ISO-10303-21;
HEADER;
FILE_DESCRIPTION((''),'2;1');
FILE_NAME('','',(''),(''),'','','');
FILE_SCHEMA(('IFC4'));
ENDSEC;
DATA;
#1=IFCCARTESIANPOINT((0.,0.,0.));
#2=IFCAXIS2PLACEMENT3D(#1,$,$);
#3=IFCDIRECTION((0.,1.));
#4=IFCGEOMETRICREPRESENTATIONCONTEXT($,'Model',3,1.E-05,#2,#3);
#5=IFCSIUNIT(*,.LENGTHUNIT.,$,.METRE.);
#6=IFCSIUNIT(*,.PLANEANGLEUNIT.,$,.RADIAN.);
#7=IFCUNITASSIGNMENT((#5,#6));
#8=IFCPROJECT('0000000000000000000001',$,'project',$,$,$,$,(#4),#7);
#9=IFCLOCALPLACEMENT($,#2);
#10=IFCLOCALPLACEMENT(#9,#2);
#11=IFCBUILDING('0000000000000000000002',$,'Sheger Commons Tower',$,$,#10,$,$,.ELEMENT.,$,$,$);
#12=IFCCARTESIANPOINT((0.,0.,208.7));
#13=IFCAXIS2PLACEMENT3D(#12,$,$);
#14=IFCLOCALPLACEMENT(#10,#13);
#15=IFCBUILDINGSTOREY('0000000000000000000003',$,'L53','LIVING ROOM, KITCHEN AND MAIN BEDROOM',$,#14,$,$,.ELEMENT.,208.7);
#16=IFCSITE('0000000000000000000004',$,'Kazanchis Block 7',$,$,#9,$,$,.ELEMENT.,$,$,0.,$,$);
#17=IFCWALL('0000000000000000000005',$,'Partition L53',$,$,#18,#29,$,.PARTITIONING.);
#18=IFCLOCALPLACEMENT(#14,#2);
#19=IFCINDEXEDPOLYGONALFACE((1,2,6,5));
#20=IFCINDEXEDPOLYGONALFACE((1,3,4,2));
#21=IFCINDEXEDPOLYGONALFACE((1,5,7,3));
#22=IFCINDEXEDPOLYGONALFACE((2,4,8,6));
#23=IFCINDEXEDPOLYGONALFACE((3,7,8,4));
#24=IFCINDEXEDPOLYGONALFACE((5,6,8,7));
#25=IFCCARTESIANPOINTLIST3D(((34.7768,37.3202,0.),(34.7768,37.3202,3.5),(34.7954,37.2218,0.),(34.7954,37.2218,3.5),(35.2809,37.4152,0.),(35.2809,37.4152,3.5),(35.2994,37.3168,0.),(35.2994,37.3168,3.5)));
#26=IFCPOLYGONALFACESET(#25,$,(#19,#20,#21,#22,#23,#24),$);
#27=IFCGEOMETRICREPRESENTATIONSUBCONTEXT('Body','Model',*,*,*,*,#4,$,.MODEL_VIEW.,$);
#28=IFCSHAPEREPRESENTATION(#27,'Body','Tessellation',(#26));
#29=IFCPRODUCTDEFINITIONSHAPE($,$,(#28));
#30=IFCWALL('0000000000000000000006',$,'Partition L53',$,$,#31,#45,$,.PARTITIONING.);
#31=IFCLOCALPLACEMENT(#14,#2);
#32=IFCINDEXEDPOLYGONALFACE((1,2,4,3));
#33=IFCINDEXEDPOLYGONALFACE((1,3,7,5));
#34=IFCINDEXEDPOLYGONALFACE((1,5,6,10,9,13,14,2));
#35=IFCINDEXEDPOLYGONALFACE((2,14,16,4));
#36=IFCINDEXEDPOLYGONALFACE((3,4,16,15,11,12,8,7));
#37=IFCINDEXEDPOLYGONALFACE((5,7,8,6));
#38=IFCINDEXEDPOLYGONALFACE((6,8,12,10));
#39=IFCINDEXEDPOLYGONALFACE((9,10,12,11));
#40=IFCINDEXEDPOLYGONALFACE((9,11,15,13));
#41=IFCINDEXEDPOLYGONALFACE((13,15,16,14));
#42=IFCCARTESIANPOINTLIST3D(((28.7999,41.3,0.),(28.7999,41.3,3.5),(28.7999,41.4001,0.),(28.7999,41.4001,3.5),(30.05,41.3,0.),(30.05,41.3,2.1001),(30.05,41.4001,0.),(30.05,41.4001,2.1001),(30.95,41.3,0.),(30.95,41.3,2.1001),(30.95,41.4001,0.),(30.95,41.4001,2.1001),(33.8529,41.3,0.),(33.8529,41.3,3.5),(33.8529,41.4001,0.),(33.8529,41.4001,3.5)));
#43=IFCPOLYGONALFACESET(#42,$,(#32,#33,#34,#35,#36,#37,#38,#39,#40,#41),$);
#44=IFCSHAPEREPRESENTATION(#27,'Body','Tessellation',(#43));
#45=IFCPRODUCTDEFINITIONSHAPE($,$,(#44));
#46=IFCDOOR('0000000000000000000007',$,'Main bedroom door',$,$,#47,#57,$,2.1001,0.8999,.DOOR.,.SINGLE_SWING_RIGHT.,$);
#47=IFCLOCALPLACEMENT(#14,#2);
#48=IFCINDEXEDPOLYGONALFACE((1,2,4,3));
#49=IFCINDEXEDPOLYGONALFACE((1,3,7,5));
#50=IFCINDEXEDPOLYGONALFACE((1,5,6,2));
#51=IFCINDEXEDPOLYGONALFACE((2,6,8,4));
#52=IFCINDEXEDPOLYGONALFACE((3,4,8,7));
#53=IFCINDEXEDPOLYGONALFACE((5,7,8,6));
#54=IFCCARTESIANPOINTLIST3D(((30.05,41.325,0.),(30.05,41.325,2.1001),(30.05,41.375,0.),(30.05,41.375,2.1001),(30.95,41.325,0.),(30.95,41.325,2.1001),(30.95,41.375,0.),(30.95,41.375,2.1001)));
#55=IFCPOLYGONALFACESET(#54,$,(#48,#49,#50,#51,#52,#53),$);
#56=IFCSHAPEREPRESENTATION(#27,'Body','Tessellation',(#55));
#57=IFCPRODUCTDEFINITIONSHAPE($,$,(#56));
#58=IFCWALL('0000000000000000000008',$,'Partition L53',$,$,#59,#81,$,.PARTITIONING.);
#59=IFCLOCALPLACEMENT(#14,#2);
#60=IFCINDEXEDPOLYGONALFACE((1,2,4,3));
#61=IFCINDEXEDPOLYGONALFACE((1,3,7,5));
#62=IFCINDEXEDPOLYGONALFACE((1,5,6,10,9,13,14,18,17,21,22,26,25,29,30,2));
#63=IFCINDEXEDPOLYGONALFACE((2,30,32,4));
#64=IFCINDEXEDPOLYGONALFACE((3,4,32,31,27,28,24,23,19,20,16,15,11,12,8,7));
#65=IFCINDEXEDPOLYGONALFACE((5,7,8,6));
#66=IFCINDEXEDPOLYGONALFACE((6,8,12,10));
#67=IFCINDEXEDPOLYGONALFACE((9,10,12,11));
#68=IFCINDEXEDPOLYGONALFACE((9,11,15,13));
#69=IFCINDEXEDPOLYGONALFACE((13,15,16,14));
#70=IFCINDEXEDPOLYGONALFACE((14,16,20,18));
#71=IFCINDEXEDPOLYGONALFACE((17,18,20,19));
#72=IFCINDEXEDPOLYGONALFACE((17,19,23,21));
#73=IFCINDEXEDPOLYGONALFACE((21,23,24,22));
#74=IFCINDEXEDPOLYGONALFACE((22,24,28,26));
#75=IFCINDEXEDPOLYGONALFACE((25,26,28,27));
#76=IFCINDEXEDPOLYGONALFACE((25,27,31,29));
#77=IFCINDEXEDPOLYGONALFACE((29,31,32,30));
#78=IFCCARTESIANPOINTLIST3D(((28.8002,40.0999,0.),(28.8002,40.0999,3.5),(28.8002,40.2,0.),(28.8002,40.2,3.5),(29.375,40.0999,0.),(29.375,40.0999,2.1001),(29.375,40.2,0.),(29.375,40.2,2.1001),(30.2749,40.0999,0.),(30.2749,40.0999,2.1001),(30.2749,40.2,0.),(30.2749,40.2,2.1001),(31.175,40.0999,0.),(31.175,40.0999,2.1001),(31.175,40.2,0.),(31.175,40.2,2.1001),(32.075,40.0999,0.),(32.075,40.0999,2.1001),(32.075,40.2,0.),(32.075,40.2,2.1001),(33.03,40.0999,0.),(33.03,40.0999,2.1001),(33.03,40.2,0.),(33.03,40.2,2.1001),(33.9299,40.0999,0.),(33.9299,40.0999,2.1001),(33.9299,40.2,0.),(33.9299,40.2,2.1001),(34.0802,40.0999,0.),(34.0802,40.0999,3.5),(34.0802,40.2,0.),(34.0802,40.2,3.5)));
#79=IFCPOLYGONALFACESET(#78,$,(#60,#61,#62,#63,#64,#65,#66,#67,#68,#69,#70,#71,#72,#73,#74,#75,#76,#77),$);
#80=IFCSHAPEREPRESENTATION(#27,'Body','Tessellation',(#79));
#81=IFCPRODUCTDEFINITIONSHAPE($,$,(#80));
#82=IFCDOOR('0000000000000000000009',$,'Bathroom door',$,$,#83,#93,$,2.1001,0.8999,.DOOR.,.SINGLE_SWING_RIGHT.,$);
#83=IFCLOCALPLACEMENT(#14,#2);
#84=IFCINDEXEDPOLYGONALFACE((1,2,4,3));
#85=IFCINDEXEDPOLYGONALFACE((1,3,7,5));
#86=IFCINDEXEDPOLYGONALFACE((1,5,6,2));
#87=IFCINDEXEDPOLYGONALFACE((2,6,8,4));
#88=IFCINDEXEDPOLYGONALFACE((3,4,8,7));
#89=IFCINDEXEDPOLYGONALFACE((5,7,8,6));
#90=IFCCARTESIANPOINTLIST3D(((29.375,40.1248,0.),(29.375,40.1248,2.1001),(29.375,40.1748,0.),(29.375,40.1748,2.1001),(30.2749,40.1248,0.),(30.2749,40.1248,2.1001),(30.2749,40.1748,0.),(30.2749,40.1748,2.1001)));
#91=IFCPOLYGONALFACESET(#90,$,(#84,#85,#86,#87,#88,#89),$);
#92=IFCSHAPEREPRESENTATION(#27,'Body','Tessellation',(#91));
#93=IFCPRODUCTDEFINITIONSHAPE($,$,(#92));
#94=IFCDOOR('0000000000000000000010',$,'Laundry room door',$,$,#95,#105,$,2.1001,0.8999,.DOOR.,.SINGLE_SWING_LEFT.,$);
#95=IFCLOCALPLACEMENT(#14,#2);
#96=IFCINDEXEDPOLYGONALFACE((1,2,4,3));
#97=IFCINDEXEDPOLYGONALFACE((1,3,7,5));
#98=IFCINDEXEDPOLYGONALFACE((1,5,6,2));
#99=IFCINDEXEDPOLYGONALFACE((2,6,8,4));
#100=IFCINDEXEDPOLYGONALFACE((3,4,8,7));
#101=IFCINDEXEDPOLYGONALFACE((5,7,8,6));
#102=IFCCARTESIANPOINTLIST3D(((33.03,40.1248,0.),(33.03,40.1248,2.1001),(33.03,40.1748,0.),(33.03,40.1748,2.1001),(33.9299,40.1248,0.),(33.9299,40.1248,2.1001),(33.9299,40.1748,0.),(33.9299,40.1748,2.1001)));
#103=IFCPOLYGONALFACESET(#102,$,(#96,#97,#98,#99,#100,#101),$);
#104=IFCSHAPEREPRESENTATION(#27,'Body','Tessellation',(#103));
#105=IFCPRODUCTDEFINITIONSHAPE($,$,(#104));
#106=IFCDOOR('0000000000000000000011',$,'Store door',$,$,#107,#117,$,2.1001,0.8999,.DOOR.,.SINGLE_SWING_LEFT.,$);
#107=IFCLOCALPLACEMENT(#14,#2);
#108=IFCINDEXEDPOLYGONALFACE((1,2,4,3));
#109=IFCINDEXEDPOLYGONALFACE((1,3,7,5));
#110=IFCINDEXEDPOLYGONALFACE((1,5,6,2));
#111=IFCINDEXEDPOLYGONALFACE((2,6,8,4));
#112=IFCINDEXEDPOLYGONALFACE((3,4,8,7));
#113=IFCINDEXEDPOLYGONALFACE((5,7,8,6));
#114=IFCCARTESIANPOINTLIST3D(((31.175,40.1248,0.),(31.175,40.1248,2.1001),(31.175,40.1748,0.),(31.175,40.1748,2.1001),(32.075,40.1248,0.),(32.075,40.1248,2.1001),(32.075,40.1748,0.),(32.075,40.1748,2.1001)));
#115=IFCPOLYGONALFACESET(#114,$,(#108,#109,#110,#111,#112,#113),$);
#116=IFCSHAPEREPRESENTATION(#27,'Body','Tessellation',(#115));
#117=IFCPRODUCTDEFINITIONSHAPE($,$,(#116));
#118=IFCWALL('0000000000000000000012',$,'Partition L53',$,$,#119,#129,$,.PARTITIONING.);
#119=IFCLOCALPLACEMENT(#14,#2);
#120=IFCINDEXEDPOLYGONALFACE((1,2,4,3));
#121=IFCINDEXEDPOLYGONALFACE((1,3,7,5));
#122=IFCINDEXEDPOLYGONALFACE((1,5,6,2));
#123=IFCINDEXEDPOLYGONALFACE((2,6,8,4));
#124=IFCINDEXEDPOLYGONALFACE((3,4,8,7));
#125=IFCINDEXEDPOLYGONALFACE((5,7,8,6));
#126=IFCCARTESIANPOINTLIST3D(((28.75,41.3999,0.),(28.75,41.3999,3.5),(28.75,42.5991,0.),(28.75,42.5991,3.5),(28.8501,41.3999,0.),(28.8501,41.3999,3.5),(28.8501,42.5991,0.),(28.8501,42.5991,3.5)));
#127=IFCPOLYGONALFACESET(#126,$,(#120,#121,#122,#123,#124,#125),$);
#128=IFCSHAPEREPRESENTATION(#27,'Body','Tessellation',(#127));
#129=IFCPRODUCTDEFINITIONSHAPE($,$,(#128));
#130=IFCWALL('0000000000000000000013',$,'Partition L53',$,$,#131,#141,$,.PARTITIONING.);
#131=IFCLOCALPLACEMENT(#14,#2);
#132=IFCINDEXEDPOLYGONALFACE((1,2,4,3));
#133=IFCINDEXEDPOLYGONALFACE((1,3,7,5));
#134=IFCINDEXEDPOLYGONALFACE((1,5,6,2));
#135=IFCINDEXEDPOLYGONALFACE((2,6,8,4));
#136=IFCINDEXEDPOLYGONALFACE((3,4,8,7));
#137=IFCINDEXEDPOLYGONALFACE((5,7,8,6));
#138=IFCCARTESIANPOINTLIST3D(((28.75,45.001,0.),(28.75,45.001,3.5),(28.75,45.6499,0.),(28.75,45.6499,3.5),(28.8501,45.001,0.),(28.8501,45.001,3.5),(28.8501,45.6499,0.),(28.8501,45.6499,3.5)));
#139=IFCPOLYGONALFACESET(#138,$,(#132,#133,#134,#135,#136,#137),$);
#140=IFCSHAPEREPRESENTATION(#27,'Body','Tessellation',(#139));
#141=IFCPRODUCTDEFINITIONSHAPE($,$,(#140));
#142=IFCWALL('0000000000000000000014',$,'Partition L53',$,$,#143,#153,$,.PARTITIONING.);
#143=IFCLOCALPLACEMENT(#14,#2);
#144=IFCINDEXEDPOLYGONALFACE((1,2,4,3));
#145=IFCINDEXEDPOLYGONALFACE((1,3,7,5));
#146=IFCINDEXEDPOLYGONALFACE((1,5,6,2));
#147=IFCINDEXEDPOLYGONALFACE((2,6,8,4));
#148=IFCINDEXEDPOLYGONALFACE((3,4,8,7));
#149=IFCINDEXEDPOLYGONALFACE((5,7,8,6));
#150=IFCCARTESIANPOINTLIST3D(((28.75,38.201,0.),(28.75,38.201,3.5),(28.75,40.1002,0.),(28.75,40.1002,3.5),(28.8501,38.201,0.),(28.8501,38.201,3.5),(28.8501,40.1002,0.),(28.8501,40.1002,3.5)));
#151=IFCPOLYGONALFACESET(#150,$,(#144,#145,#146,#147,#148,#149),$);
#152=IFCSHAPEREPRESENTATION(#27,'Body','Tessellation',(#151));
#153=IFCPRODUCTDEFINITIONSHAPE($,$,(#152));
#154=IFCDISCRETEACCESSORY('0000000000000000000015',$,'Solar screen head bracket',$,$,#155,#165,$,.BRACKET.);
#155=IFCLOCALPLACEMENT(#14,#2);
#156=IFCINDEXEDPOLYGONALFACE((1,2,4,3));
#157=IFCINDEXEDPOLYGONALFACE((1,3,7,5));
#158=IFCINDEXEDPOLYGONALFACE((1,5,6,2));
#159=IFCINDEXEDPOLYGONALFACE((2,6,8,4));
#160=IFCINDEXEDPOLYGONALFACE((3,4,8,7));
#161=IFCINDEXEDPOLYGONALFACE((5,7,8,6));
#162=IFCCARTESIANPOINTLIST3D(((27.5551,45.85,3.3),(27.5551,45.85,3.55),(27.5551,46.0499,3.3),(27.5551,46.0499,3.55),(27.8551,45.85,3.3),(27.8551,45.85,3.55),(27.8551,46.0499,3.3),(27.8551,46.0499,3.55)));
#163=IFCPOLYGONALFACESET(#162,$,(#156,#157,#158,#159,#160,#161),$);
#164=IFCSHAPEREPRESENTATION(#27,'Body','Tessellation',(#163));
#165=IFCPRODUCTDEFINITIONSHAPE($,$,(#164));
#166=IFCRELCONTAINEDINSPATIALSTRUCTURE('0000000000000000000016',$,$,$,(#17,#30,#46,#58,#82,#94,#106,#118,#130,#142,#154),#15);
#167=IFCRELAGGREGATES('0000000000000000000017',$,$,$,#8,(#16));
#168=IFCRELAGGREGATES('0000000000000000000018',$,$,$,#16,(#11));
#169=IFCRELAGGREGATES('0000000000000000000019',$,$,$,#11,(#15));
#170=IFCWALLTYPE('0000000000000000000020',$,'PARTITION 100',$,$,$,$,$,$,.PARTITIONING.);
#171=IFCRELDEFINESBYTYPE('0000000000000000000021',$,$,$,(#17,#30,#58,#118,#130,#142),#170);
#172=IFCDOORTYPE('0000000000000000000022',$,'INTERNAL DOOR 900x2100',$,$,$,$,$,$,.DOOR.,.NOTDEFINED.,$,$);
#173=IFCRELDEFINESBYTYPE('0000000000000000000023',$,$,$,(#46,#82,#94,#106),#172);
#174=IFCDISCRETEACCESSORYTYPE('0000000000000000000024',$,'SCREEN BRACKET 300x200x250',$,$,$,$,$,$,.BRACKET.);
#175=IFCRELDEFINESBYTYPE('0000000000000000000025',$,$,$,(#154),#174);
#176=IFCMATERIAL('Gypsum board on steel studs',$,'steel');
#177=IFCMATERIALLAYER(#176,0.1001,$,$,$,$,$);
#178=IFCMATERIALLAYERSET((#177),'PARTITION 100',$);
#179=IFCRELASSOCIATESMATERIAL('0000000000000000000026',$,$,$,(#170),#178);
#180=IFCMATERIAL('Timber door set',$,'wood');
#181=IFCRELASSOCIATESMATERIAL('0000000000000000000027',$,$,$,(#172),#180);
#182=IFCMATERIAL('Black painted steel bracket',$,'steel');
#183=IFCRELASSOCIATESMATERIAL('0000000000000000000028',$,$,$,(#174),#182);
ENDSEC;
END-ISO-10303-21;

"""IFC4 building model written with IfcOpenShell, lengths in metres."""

from ifc_helpers import new_model, si_unit, direction, frame, frame_2d, origin, origin_2d, place, context, subcontext, project, spatial, rectangle, extrude, material, layer, layer_set, type_object, element, fill, save


model = new_model("IFC4")

# Units and contexts
model_context = context("Model", 3, precision=1e-05, world=origin(), true_north=direction((0.0, 1.0)))
body_context = subcontext(model_context, "Body", "Model", "MODEL_VIEW")
ifc_project = project(units=[si_unit("LENGTHUNIT", "METRE"), si_unit("PLANEANGLEUNIT", "RADIAN")], contexts=[model_context])

# Site, building, storey
site_placement = place(None, origin())
site = spatial("IfcSite", under=ifc_project, at=site_placement, Name="Kazanchis Block 7", CompositionType="ELEMENT", RefElevation=0.0)
building_placement = place(site_placement, origin())
building = spatial("IfcBuilding", under=site, at=building_placement, Name="Sheger Commons Tower", CompositionType="ELEMENT")
storey_placement = place(building_placement, frame((0.0, 0.0, 208.7)))
storey = spatial("IfcBuildingStorey", under=building, at=storey_placement, Name="L53", Description="LIVING ROOM, KITCHEN AND MAIN BEDROOM", CompositionType="ELEMENT", Elevation=208.7)

# Wall
ifc_material_1 = material(Name="Gypsum board on steel studs", Category="steel")
ifc_layer_1 = layer(ifc_material_1, 0.1001)
ifc_layer_set_1 = layer_set([ifc_layer_1], Name="PARTITION 100")
wall_type_1 = type_object("IfcWallType", Name="PARTITION 100", PredefinedType="PARTITIONING", material=ifc_layer_set_1)
wall_1_placement = place(storey_placement, frame((35.29, 37.366, 0.0), z_axis=(0.0, 0.0, 1.0), x_axis=(-0.982716, -0.185122, 0.0)))
element("IfcWall", 1, at=wall_1_placement, inside=storey, type_object=wall_type_1, Name="Partition L53", PredefinedType="PARTITIONING", context=body_context, shape_type="SweptSolid", body=[
    extrude(rectangle(XDim=0.5129, YDim=0.1001, at=frame_2d((0.2563, 0.0))), origin(), (0.0, 0.0, 1.0), 3.5),
])

# Wall, opening, door
wall_2_placement = place(storey_placement, frame((28.8, 41.3501, 0.0), z_axis=(0.0, 0.0, 1.0), x_axis=(1.0, 0.0, 0.0)))
wall_2 = element("IfcWall", 2, at=wall_2_placement, inside=storey, type_object=wall_type_1, Name="Partition L53", PredefinedType="PARTITIONING", context=body_context, shape_type="SweptSolid", body=[
    extrude(rectangle(XDim=5.053, YDim=0.1001, at=frame_2d((2.5264, 0.0))), origin(), (0.0, 0.0, 1.0), 3.5),
])
opening_1_placement = place(wall_2_placement, frame((1.25, 0.0, 0.0)))
opening_1 = element("IfcOpeningElement", 3, at=opening_1_placement, cuts=wall_2, PredefinedType="OPENING", context=body_context, shape_type="SweptSolid", body=[
    extrude(rectangle(XDim=0.8999, YDim=2.1001, at=frame_2d((0.45, 1.05))), frame((0.0, 0.0601, 0.0), z_axis=(0.0, -1.0, 0.0), x_axis=(1.0, 0.0, 0.0)), (0.0, 0.0, 1.0), 0.1201),
])
ifc_material_2 = material(Name="Timber door set", Category="wood")
door_type_1 = type_object("IfcDoorType", Name="INTERNAL DOOR 900x2100", OperationType="NOTDEFINED", PredefinedType="DOOR", material=ifc_material_2)
door_1_placement = place(opening_1_placement, origin())
door_1 = element("IfcDoor", 4, at=door_1_placement, inside=storey, type_object=door_type_1, Name="Main bedroom door", OperationType="SINGLE_SWING_RIGHT", OverallHeight=2.1001, OverallWidth=0.8999, PredefinedType="DOOR", context=body_context, shape_type="SweptSolid", body=[
    extrude(rectangle(XDim=0.8999, YDim=2.1001, at=frame_2d((0.45, 1.05))), frame((0.0, 0.0249, 0.0), z_axis=(0.0, -1.0, 0.0), x_axis=(1.0, 0.0, 0.0)), (0.0, 0.0, 1.0), 0.05),
])
fill(opening_1, door_1)

# Wall, openings, doors
wall_3_placement = place(storey_placement, frame((28.8, 40.1499, 0.0), z_axis=(0.0, 0.0, 1.0), x_axis=(1.0, 0.0, 0.0)))
wall_3 = element("IfcWall", 5, at=wall_3_placement, inside=storey, type_object=wall_type_1, Name="Partition L53", PredefinedType="PARTITIONING", context=body_context, shape_type="SweptSolid", body=[
    extrude(rectangle(XDim=5.28, YDim=0.1001, at=frame_2d((2.6401, 0.0))), origin(), (0.0, 0.0, 1.0), 3.5),
])
opening_2_placement = place(wall_3_placement, frame((0.575, 0.0, 0.0)))
opening_2 = element("IfcOpeningElement", 6, at=opening_2_placement, cuts=wall_3, PredefinedType="OPENING", context=body_context, shape_type="SweptSolid", body=[
    extrude(rectangle(XDim=0.8999, YDim=2.1001, at=frame_2d((0.45, 1.05))), frame((0.0, 0.0601, 0.0), z_axis=(0.0, -1.0, 0.0), x_axis=(1.0, 0.0, 0.0)), (0.0, 0.0, 1.0), 0.1201),
])
opening_3_placement = place(wall_3_placement, frame((4.23, 0.0, 0.0)))
opening_3 = element("IfcOpeningElement", 7, at=opening_3_placement, cuts=wall_3, PredefinedType="OPENING", context=body_context, shape_type="SweptSolid", body=[
    extrude(rectangle(XDim=0.8999, YDim=2.1001, at=frame_2d((0.45, 1.05))), frame((0.0, 0.0601, 0.0), z_axis=(0.0, -1.0, 0.0), x_axis=(1.0, 0.0, 0.0)), (0.0, 0.0, 1.0), 0.1201),
])
opening_4_placement = place(wall_3_placement, frame((2.375, 0.0, 0.0)))
opening_4 = element("IfcOpeningElement", 8, at=opening_4_placement, cuts=wall_3, PredefinedType="OPENING", context=body_context, shape_type="SweptSolid", body=[
    extrude(rectangle(XDim=0.8999, YDim=2.1001, at=frame_2d((0.45, 1.05))), frame((0.0, 0.0601, 0.0), z_axis=(0.0, -1.0, 0.0), x_axis=(1.0, 0.0, 0.0)), (0.0, 0.0, 1.0), 0.1201),
])
door_2_placement = place(opening_2_placement, origin())
door_2 = element("IfcDoor", 9, at=door_2_placement, inside=storey, type_object=door_type_1, Name="Bathroom door", OperationType="SINGLE_SWING_RIGHT", OverallHeight=2.1001, OverallWidth=0.8999, PredefinedType="DOOR", context=body_context, shape_type="SweptSolid", body=[
    extrude(rectangle(XDim=0.8999, YDim=2.1001, at=frame_2d((0.45, 1.05))), frame((0.0, 0.0249, 0.0), z_axis=(0.0, -1.0, 0.0), x_axis=(1.0, 0.0, 0.0)), (0.0, 0.0, 1.0), 0.05),
])
fill(opening_2, door_2)
door_3_placement = place(opening_3_placement, origin())
door_3 = element("IfcDoor", 10, at=door_3_placement, inside=storey, type_object=door_type_1, Name="Laundry room door", OperationType="SINGLE_SWING_LEFT", OverallHeight=2.1001, OverallWidth=0.8999, PredefinedType="DOOR", context=body_context, shape_type="SweptSolid", body=[
    extrude(rectangle(XDim=0.8999, YDim=2.1001, at=frame_2d((0.45, 1.05))), frame((0.0, 0.0249, 0.0), z_axis=(0.0, -1.0, 0.0), x_axis=(1.0, 0.0, 0.0)), (0.0, 0.0, 1.0), 0.05),
])
fill(opening_3, door_3)
door_4_placement = place(opening_4_placement, origin())
door_4 = element("IfcDoor", 11, at=door_4_placement, inside=storey, type_object=door_type_1, Name="Store door", OperationType="SINGLE_SWING_LEFT", OverallHeight=2.1001, OverallWidth=0.8999, PredefinedType="DOOR", context=body_context, shape_type="SweptSolid", body=[
    extrude(rectangle(XDim=0.8999, YDim=2.1001, at=frame_2d((0.45, 1.05))), frame((0.0, 0.0249, 0.0), z_axis=(0.0, -1.0, 0.0), x_axis=(1.0, 0.0, 0.0)), (0.0, 0.0, 1.0), 0.05),
])
fill(opening_4, door_4)

# Walls
wall_4_placement = place(storey_placement, frame((28.8, 41.3999, 0.0), z_axis=(0.0, 0.0, 1.0), x_axis=(0.0, 1.0, 0.0)))
element("IfcWall", 12, at=wall_4_placement, inside=storey, type_object=wall_type_1, Name="Partition L53", PredefinedType="PARTITIONING", context=body_context, shape_type="SweptSolid", body=[
    extrude(rectangle(XDim=1.1992, YDim=0.1001, at=frame_2d((0.5996, 0.0))), origin(), (0.0, 0.0, 1.0), 3.5),
])
wall_5_placement = place(storey_placement, frame((28.8, 45.001, 0.0), z_axis=(0.0, 0.0, 1.0), x_axis=(0.0, 1.0, 0.0)))
element("IfcWall", 13, at=wall_5_placement, inside=storey, type_object=wall_type_1, Name="Partition L53", PredefinedType="PARTITIONING", context=body_context, shape_type="SweptSolid", body=[
    extrude(rectangle(XDim=0.6489, YDim=0.1001, at=frame_2d((0.3245, 0.0))), origin(), (0.0, 0.0, 1.0), 3.5),
])
wall_6_placement = place(storey_placement, frame((28.8, 38.2009, 0.0), z_axis=(0.0, 0.0, 1.0), x_axis=(0.0, 1.0, 0.0)))
element("IfcWall", 14, at=wall_6_placement, inside=storey, type_object=wall_type_1, Name="Partition L53", PredefinedType="PARTITIONING", context=body_context, shape_type="SweptSolid", body=[
    extrude(rectangle(XDim=1.8992, YDim=0.1001, at=frame_2d((0.9497, 0.0))), origin(), (0.0, 0.0, 1.0), 3.5),
])

# Discrete accessory
ifc_material_3 = material(Name="Black painted steel bracket", Category="steel")
discrete_accessory_type = type_object("IfcDiscreteAccessoryType", Name="SCREEN BRACKET 300x200x250", PredefinedType="BRACKET", material=ifc_material_3)
discrete_accessory_placement = place(storey_placement, frame((27.7051, 45.95, 3.3), z_axis=(0.0, 0.0, 1.0), x_axis=(-1.0, 0.0, 0.0)))
element("IfcDiscreteAccessory", 15, at=discrete_accessory_placement, inside=storey, type_object=discrete_accessory_type, Name="Solar screen head bracket", PredefinedType="BRACKET", context=body_context, shape_type="SweptSolid", body=[
    extrude(rectangle(XDim=0.3, YDim=0.2, at=origin_2d()), origin(), (0.0, 0.0, 1.0), 0.25),
])

save(model, "model.ifc")
